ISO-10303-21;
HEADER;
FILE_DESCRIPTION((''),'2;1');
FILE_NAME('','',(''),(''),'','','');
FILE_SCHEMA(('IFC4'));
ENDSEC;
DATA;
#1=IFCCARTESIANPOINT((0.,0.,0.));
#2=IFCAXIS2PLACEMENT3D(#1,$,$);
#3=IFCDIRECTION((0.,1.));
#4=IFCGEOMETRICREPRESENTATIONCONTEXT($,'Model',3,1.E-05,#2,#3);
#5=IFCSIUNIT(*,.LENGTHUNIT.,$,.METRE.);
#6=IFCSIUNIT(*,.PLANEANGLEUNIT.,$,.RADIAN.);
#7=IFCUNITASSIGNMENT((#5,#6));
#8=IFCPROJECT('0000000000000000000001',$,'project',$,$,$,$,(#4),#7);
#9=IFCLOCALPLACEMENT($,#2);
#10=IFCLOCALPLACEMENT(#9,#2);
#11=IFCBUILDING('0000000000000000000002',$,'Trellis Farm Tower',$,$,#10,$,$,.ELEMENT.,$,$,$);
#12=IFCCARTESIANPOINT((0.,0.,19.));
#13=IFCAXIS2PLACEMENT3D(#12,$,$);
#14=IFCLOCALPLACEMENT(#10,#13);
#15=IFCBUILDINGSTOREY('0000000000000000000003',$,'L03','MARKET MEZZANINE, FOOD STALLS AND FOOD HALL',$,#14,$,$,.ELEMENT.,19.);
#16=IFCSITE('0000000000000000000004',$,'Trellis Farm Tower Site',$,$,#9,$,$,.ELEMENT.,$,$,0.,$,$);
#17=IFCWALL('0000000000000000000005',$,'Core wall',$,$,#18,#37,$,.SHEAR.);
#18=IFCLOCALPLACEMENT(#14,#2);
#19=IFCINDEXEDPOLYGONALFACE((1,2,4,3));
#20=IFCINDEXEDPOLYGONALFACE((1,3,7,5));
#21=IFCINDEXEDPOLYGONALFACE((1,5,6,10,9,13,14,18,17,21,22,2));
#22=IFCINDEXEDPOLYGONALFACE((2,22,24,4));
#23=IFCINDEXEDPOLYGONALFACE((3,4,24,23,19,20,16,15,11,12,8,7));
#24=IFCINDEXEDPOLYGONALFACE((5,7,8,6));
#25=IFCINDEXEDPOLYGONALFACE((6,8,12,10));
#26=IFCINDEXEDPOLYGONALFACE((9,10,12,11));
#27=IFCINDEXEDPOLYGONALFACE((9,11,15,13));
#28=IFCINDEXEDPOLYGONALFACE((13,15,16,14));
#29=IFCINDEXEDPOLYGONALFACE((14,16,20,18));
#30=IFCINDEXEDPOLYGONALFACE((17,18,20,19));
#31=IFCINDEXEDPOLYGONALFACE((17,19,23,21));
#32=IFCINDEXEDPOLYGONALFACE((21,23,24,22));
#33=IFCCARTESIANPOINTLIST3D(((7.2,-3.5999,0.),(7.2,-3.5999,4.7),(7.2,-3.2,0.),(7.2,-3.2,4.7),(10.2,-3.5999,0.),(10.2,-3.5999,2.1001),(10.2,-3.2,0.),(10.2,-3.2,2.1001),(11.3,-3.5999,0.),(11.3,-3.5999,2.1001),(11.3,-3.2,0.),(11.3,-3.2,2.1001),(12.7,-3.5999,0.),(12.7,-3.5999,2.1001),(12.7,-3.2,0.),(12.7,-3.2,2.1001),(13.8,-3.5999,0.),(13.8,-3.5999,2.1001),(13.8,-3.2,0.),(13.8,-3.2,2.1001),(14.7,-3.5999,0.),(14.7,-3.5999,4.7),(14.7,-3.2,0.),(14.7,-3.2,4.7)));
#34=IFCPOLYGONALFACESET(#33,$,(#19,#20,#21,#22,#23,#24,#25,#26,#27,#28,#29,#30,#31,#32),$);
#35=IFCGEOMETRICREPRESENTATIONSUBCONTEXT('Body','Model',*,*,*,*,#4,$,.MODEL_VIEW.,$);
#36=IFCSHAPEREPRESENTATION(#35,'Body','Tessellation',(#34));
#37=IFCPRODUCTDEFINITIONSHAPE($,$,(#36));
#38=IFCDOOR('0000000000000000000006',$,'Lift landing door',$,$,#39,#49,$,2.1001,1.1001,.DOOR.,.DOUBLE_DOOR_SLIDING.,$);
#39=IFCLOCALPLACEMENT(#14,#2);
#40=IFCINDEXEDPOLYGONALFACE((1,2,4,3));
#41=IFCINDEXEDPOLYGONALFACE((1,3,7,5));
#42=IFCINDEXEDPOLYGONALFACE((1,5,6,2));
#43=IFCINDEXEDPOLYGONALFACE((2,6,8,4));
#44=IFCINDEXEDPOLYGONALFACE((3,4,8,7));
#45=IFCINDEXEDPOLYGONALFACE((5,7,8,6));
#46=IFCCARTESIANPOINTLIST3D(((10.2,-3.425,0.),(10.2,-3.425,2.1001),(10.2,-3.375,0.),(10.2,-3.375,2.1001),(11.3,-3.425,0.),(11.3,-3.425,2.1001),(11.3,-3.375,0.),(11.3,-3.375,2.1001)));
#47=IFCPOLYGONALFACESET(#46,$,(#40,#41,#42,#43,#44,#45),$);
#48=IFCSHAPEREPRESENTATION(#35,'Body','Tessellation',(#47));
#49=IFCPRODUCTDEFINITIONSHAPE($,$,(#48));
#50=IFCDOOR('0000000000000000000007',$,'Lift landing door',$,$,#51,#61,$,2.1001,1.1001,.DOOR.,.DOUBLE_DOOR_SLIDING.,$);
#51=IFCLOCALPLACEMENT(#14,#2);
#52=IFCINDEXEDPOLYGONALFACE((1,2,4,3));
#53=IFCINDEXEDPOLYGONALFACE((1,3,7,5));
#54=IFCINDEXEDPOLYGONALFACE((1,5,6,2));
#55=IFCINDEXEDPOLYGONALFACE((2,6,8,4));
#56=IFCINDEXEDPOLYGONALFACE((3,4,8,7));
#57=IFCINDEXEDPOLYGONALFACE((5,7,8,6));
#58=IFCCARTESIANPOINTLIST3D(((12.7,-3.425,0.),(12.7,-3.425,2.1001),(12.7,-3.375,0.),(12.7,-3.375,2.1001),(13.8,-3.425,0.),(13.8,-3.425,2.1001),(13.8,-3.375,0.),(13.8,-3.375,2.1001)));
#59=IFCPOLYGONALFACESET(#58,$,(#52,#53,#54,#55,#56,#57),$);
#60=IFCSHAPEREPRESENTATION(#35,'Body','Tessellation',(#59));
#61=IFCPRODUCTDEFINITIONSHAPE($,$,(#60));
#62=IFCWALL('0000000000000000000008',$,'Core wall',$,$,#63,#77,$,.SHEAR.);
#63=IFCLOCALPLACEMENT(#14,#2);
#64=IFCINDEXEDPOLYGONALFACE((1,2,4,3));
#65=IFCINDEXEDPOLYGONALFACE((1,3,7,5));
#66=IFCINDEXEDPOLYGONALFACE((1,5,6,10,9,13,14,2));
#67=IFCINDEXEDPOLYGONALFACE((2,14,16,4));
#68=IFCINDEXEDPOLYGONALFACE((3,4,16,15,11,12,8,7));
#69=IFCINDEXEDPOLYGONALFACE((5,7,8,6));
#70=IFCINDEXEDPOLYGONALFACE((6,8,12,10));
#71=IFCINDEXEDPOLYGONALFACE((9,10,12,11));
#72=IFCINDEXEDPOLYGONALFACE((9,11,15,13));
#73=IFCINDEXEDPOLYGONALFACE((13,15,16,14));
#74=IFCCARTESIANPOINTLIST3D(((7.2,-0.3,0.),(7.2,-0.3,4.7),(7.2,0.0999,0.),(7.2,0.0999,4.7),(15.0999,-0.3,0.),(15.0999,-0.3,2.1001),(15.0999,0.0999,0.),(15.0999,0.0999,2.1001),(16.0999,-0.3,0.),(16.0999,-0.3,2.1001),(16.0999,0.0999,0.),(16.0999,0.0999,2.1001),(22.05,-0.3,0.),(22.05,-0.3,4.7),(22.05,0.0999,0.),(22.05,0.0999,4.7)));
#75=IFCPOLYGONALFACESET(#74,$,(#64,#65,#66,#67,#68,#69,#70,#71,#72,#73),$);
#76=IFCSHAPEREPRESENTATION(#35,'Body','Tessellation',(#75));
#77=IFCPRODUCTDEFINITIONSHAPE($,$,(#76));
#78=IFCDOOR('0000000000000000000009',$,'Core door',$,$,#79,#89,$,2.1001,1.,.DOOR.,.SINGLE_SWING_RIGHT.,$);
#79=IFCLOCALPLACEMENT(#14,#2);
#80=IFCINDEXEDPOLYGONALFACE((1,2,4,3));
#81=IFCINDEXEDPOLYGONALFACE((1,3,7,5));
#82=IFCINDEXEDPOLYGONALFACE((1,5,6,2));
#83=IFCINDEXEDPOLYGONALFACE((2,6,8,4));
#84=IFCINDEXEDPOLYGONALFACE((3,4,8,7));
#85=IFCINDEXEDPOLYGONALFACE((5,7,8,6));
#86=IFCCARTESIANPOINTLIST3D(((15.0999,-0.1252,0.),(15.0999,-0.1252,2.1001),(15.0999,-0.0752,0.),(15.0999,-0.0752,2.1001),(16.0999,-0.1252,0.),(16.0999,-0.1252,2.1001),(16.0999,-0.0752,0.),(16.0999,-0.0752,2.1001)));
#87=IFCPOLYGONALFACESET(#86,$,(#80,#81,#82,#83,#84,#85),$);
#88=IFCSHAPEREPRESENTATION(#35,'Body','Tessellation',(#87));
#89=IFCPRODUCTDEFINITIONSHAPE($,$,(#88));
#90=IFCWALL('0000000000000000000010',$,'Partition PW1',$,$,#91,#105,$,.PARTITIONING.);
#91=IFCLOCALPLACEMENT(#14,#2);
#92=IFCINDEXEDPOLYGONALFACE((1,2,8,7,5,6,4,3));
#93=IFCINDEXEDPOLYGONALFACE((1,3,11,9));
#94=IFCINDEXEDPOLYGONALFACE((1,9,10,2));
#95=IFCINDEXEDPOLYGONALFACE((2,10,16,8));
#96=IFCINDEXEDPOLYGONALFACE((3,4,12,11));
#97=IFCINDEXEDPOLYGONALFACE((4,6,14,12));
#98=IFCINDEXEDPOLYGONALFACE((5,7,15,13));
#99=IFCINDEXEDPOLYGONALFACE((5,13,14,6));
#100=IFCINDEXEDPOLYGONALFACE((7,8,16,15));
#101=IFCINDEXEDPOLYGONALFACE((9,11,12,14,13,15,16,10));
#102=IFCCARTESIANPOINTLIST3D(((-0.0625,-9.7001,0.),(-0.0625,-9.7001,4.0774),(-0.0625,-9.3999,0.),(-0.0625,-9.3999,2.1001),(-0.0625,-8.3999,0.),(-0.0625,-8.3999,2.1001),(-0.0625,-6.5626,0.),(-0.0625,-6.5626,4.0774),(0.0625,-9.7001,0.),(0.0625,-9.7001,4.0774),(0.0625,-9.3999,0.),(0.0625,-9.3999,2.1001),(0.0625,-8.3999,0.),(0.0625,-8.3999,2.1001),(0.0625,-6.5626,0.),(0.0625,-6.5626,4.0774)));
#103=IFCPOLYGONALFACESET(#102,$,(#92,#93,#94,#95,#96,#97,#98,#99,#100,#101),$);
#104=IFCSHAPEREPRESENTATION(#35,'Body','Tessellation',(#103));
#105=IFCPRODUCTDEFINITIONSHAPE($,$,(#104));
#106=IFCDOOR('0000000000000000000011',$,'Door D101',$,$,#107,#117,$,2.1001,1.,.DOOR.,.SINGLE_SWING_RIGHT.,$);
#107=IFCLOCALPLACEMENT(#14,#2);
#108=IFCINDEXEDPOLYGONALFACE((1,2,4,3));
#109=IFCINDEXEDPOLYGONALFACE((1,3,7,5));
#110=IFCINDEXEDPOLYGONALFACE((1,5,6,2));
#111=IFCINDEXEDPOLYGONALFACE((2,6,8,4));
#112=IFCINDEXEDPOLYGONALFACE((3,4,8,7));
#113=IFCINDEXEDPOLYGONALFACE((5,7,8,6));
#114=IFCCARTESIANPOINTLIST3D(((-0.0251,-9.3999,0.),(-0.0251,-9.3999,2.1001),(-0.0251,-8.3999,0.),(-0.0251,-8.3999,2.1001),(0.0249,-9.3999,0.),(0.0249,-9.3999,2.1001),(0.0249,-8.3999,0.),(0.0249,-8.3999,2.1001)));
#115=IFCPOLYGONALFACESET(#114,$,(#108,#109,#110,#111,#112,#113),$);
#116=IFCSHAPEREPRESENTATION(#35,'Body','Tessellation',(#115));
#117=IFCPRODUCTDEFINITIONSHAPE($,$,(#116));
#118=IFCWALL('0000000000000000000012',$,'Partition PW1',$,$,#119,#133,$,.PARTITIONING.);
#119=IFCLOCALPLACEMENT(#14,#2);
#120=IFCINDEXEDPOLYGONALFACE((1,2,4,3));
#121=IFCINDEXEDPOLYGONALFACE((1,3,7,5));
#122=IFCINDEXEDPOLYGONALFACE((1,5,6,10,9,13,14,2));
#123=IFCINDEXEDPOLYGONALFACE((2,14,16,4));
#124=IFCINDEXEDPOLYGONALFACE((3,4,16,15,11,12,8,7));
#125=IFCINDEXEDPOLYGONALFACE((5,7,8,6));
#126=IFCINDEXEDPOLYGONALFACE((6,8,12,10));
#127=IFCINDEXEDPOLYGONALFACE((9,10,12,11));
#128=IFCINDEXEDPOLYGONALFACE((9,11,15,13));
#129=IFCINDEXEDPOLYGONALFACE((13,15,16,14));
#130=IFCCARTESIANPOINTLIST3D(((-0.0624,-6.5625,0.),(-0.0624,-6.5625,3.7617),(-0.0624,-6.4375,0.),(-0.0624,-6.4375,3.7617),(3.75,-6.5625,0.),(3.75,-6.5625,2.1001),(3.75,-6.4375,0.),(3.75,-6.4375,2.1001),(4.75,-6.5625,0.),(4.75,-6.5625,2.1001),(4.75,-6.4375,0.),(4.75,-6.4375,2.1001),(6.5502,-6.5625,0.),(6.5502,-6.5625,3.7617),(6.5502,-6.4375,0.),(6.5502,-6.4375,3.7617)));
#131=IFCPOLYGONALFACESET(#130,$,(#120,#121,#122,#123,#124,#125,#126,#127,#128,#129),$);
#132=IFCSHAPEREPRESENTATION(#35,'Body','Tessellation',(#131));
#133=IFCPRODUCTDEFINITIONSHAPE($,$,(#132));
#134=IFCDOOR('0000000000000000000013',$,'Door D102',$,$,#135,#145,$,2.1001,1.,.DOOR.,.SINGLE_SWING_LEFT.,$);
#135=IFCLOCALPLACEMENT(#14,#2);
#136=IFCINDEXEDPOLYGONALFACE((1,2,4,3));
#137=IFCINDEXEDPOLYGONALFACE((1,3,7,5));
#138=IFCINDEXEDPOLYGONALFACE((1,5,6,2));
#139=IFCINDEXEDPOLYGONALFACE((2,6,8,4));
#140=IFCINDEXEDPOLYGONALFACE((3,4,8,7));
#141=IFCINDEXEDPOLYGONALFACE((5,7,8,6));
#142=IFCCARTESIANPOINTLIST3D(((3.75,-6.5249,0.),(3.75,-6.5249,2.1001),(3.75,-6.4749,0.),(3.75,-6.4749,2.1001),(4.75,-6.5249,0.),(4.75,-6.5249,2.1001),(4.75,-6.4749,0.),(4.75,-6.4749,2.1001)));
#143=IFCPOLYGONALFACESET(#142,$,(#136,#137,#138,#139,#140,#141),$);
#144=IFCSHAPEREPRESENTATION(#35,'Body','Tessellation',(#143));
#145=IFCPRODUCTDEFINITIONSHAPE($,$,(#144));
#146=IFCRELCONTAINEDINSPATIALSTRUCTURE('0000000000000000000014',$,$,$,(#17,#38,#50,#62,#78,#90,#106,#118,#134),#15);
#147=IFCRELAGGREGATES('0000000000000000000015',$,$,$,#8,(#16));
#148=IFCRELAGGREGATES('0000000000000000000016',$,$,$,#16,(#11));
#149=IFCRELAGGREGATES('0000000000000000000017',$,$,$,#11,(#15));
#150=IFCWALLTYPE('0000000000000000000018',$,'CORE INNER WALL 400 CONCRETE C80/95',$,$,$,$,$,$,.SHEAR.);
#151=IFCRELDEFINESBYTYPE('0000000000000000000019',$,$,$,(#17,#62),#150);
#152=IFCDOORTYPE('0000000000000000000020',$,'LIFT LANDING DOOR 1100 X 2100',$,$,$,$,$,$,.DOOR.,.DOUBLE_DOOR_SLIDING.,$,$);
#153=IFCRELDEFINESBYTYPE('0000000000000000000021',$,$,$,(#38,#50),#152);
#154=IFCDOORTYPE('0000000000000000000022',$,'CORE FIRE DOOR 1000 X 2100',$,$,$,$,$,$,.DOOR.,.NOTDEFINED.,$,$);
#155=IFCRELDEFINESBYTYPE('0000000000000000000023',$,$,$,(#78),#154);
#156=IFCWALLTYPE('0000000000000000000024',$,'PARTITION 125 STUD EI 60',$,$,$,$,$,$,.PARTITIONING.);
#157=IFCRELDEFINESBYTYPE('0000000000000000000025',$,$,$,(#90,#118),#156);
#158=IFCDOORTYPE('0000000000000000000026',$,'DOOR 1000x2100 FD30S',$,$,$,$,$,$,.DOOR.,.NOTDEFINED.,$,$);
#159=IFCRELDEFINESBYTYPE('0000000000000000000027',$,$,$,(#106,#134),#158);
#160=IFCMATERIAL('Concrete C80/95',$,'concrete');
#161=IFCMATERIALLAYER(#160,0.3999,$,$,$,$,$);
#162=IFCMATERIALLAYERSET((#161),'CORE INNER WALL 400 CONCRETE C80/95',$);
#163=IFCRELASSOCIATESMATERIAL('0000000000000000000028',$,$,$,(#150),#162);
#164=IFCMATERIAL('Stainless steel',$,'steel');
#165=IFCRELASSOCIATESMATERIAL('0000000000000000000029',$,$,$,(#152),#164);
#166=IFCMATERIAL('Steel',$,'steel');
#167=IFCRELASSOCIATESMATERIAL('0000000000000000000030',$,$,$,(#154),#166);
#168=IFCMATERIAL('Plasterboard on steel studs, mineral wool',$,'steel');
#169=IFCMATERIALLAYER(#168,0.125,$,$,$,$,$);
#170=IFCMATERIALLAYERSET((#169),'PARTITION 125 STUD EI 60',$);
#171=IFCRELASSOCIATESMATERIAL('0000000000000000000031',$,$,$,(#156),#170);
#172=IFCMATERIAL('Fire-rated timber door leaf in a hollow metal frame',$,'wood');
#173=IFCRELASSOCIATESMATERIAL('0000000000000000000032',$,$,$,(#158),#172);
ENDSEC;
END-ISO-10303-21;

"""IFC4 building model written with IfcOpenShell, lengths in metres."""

from ifc_helpers import new_model, si_unit, direction, frame, frame_2d, origin, place, context, subcontext, project, spatial, rectangle, extrude, source, transform, mapped, material, layer, layer_set, type_object, element, fill, save


model = new_model("IFC4")

# Units and contexts
model_context = context("Model", 3, precision=1e-05, world=origin(), true_north=direction((0.0, 1.0)))
body_context = subcontext(model_context, "Body", "Model", "MODEL_VIEW")
ifc_project = project(units=[si_unit("LENGTHUNIT", "METRE"), si_unit("PLANEANGLEUNIT", "RADIAN")], contexts=[model_context])

# Site, building, storey
site_placement = place(None, origin())
site = spatial("IfcSite", under=ifc_project, at=site_placement, Name="Trellis Farm Tower Site", CompositionType="ELEMENT", RefElevation=0.0)
building_placement = place(site_placement, origin())
building = spatial("IfcBuilding", under=site, at=building_placement, Name="Trellis Farm Tower", CompositionType="ELEMENT")
storey_placement = place(building_placement, frame((0.0, 0.0, 19.0)))
storey = spatial("IfcBuildingStorey", under=building, at=storey_placement, Name="L03", Description="MARKET MEZZANINE, FOOD STALLS AND FOOD HALL", CompositionType="ELEMENT", Elevation=19.0)

# Shared definitions
ifc_material_1 = material(Name="Concrete C80/95", Category="concrete")

# Shared definitions
ifc_material_2 = material(Name="Steel", Category="steel")

# Shared definitions
ifc_layer_1 = layer(ifc_material_1, 0.3999)
ifc_layer_set_1 = layer_set([ifc_layer_1], Name="CORE INNER WALL 400 CONCRETE C80/95")
wall_type_1 = type_object("IfcWallType", Name="CORE INNER WALL 400 CONCRETE C80/95", PredefinedType="SHEAR", material=ifc_layer_set_1)

# Wall, openings, doors
shared_shape_1 = source(origin(), body_context, "Body", "SweptSolid", [
    extrude(rectangle(XDim=7.5, YDim=0.3999, at=frame_2d((3.75, 0.0))), origin(), (0.0, 0.0, 1.0), 4.7),
])
wall_1_placement = place(storey_placement, frame((7.2, -3.3999, 0.0), z_axis=(0.0, 0.0, 1.0), x_axis=(1.0, 0.0, 0.0)))
wall_1 = element("IfcWall", 1, at=wall_1_placement, inside=storey, type_object=wall_type_1, Name="Core wall", PredefinedType="SHEAR", context=body_context, shape_type="MappedRepresentation", body=[
    mapped(shared_shape_1, transform((0.0, 0.0, 0.0))),
])
shared_shape_2 = source(origin(), body_context, "Body", "SweptSolid", [
    extrude(rectangle(XDim=1.1001, YDim=2.1001, at=frame_2d((0.55, 1.05))), frame((0.0, 0.21, 0.0), z_axis=(0.0, -1.0, 0.0), x_axis=(1.0, 0.0, 0.0)), (0.0, 0.0, 1.0), 0.4199),
])
opening_1_placement = place(wall_1_placement, frame((3.0, 0.0, 0.0)))
opening_1 = element("IfcOpeningElement", 2, at=opening_1_placement, cuts=wall_1, PredefinedType="OPENING", context=body_context, shape_type="MappedRepresentation", body=[
    mapped(shared_shape_2, transform((0.0, 0.0, 0.0))),
])
opening_2_placement = place(wall_1_placement, frame((5.5, 0.0, 0.0)))
opening_2 = element("IfcOpeningElement", 3, at=opening_2_placement, cuts=wall_1, PredefinedType="OPENING", context=body_context, shape_type="MappedRepresentation", body=[
    mapped(shared_shape_2, transform((0.0, 0.0, 0.0))),
])
ifc_material_3 = material(Name="Stainless steel", Category="steel")
door_type_1 = type_object("IfcDoorType", Name="LIFT LANDING DOOR 1100 X 2100", OperationType="DOUBLE_DOOR_SLIDING", PredefinedType="DOOR", material=ifc_material_3)
shared_shape_3 = source(origin(), body_context, "Body", "SweptSolid", [
    extrude(rectangle(XDim=1.1001, YDim=2.1001, at=frame_2d((0.55, 1.05))), frame((0.0, 0.0249, 0.0), z_axis=(0.0, -1.0, 0.0), x_axis=(1.0, 0.0, 0.0)), (0.0, 0.0, 1.0), 0.05),
])
door_1_placement = place(opening_1_placement, origin())
door_1 = element("IfcDoor", 4, at=door_1_placement, inside=storey, type_object=door_type_1, Name="Lift landing door", OperationType="DOUBLE_DOOR_SLIDING", OverallHeight=2.1001, OverallWidth=1.1001, PredefinedType="DOOR", context=body_context, shape_type="MappedRepresentation", body=[
    mapped(shared_shape_3, transform((0.0, 0.0, 0.0))),
])
fill(opening_1, door_1)
door_2_placement = place(opening_2_placement, origin())
door_2 = element("IfcDoor", 5, at=door_2_placement, inside=storey, type_object=door_type_1, Name="Lift landing door", OperationType="DOUBLE_DOOR_SLIDING", OverallHeight=2.1001, OverallWidth=1.1001, PredefinedType="DOOR", context=body_context, shape_type="MappedRepresentation", body=[
    mapped(shared_shape_3, transform((0.0, 0.0, 0.0))),
])
fill(opening_2, door_2)

# Walls, openings, doors
shared_shape_4 = source(origin(), body_context, "Body", "SweptSolid", [
    extrude(rectangle(XDim=14.8501, YDim=0.3999, at=frame_2d((7.425, 0.0))), origin(), (0.0, 0.0, 1.0), 4.7),
])
wall_2_placement = place(storey_placement, frame((7.2, -0.1001, 0.0), z_axis=(0.0, 0.0, 1.0), x_axis=(1.0, 0.0, 0.0)))
wall_2 = element("IfcWall", 6, at=wall_2_placement, inside=storey, type_object=wall_type_1, Name="Core wall", PredefinedType="SHEAR", context=body_context, shape_type="MappedRepresentation", body=[
    mapped(shared_shape_4, transform((0.0, 0.0, 0.0))),
])
shared_shape_5 = source(origin(), body_context, "Body", "SweptSolid", [
    extrude(rectangle(XDim=1.0, YDim=2.1001, at=frame_2d((0.5, 1.05))), frame((0.0, 0.21, 0.0), z_axis=(0.0, -1.0, 0.0), x_axis=(1.0, 0.0, 0.0)), (0.0, 0.0, 1.0), 0.4199),
])
opening_3_placement = place(wall_2_placement, frame((7.8999, 0.0, 0.0)))
opening_3 = element("IfcOpeningElement", 7, at=opening_3_placement, cuts=wall_2, PredefinedType="OPENING", context=body_context, shape_type="MappedRepresentation", body=[
    mapped(shared_shape_5, transform((0.0, 0.0, 0.0))),
])
door_type_2 = type_object("IfcDoorType", Name="CORE FIRE DOOR 1000 X 2100", OperationType="NOTDEFINED", PredefinedType="DOOR", material=ifc_material_2)
shared_shape_6 = source(origin(), body_context, "Body", "SweptSolid", [
    extrude(rectangle(XDim=1.0, YDim=2.1001, at=frame_2d((0.5, 1.05))), frame((0.0, 0.0249, 0.0), z_axis=(0.0, -1.0, 0.0), x_axis=(1.0, 0.0, 0.0)), (0.0, 0.0, 1.0), 0.05),
])
door_3_placement = place(opening_3_placement, origin())
door_3 = element("IfcDoor", 8, at=door_3_placement, inside=storey, type_object=door_type_2, Name="Core door", OperationType="SINGLE_SWING_RIGHT", OverallHeight=2.1001, OverallWidth=1.0, PredefinedType="DOOR", context=body_context, shape_type="MappedRepresentation", body=[
    mapped(shared_shape_6, transform((0.0, 0.0, 0.0))),
])
fill(opening_3, door_3)
ifc_material_4 = material(Name="Plasterboard on steel studs, mineral wool", Category="steel")
ifc_layer_2 = layer(ifc_material_4, 0.125)
ifc_layer_set_2 = layer_set([ifc_layer_2], Name="PARTITION 125 STUD EI 60")
wall_type_2 = type_object("IfcWallType", Name="PARTITION 125 STUD EI 60", PredefinedType="PARTITIONING", material=ifc_layer_set_2)
shared_shape_7 = source(origin(), body_context, "Body", "SweptSolid", [
    extrude(rectangle(XDim=3.1375, YDim=0.125, at=frame_2d((1.5688, 0.0))), origin(), (0.0, 0.0, 1.0), 4.0774),
])
wall_3_placement = place(storey_placement, frame((0.0, -6.5625, 0.0), z_axis=(0.0, 0.0, 1.0), x_axis=(0.0, -1.0, 0.0)))
wall_3 = element("IfcWall", 9, at=wall_3_placement, inside=storey, type_object=wall_type_2, Name="Partition PW1", PredefinedType="PARTITIONING", context=body_context, shape_type="MappedRepresentation", body=[
    mapped(shared_shape_7, transform((0.0, 0.0, 0.0))),
])
shared_shape_8 = source(origin(), body_context, "Body", "SweptSolid", [
    extrude(rectangle(XDim=1.0, YDim=2.1001, at=frame_2d((0.5, 1.05))), frame((0.0, 0.0725, 0.0), z_axis=(0.0, -1.0, 0.0), x_axis=(1.0, 0.0, 0.0)), (0.0, 0.0, 1.0), 0.145),
])
opening_4_placement = place(wall_3_placement, frame((1.8374, 0.0, 0.0)))
opening_4 = element("IfcOpeningElement", 10, at=opening_4_placement, cuts=wall_3, PredefinedType="OPENING", context=body_context, shape_type="MappedRepresentation", body=[
    mapped(shared_shape_8, transform((0.0, 0.0, 0.0))),
])
ifc_material_5 = material(Name="Fire-rated timber door leaf in a hollow metal frame", Category="wood")
door_type_3 = type_object("IfcDoorType", Name="DOOR 1000x2100 FD30S", OperationType="NOTDEFINED", PredefinedType="DOOR", material=ifc_material_5)
door_4_placement = place(opening_4_placement, origin())
door_4 = element("IfcDoor", 11, at=door_4_placement, inside=storey, type_object=door_type_3, Name="Door D101", OperationType="SINGLE_SWING_RIGHT", OverallHeight=2.1001, OverallWidth=1.0, PredefinedType="DOOR", context=body_context, shape_type="MappedRepresentation", body=[
    mapped(shared_shape_6, transform((0.0, 0.0, 0.0))),
])
fill(opening_4, door_4)
shared_shape_9 = source(origin(), body_context, "Body", "SweptSolid", [
    extrude(rectangle(XDim=6.6125, YDim=0.125, at=frame_2d((3.3062, 0.0))), origin(), (0.0, 0.0, 1.0), 3.7617),
])
wall_4_placement = place(storey_placement, frame((6.55, -6.5, 0.0), z_axis=(0.0, 0.0, 1.0), x_axis=(-1.0, 0.0, 0.0)))
wall_4 = element("IfcWall", 12, at=wall_4_placement, inside=storey, type_object=wall_type_2, Name="Partition PW1", PredefinedType="PARTITIONING", context=body_context, shape_type="MappedRepresentation", body=[
    mapped(shared_shape_9, transform((0.0, 0.0, 0.0))),
])
opening_5_placement = place(wall_4_placement, frame((1.8, 0.0, 0.0)))
opening_5 = element("IfcOpeningElement", 13, at=opening_5_placement, cuts=wall_4, PredefinedType="OPENING", context=body_context, shape_type="MappedRepresentation", body=[
    mapped(shared_shape_8, transform((0.0, 0.0, 0.0))),
])
door_5_placement = place(opening_5_placement, origin())
door_5 = element("IfcDoor", 14, at=door_5_placement, inside=storey, type_object=door_type_3, Name="Door D102", OperationType="SINGLE_SWING_LEFT", OverallHeight=2.1001, OverallWidth=1.0, PredefinedType="DOOR", context=body_context, shape_type="MappedRepresentation", body=[
    mapped(shared_shape_6, transform((0.0, 0.0, 0.0))),
])
fill(opening_5, door_5)

save(model, "model.ifc")
